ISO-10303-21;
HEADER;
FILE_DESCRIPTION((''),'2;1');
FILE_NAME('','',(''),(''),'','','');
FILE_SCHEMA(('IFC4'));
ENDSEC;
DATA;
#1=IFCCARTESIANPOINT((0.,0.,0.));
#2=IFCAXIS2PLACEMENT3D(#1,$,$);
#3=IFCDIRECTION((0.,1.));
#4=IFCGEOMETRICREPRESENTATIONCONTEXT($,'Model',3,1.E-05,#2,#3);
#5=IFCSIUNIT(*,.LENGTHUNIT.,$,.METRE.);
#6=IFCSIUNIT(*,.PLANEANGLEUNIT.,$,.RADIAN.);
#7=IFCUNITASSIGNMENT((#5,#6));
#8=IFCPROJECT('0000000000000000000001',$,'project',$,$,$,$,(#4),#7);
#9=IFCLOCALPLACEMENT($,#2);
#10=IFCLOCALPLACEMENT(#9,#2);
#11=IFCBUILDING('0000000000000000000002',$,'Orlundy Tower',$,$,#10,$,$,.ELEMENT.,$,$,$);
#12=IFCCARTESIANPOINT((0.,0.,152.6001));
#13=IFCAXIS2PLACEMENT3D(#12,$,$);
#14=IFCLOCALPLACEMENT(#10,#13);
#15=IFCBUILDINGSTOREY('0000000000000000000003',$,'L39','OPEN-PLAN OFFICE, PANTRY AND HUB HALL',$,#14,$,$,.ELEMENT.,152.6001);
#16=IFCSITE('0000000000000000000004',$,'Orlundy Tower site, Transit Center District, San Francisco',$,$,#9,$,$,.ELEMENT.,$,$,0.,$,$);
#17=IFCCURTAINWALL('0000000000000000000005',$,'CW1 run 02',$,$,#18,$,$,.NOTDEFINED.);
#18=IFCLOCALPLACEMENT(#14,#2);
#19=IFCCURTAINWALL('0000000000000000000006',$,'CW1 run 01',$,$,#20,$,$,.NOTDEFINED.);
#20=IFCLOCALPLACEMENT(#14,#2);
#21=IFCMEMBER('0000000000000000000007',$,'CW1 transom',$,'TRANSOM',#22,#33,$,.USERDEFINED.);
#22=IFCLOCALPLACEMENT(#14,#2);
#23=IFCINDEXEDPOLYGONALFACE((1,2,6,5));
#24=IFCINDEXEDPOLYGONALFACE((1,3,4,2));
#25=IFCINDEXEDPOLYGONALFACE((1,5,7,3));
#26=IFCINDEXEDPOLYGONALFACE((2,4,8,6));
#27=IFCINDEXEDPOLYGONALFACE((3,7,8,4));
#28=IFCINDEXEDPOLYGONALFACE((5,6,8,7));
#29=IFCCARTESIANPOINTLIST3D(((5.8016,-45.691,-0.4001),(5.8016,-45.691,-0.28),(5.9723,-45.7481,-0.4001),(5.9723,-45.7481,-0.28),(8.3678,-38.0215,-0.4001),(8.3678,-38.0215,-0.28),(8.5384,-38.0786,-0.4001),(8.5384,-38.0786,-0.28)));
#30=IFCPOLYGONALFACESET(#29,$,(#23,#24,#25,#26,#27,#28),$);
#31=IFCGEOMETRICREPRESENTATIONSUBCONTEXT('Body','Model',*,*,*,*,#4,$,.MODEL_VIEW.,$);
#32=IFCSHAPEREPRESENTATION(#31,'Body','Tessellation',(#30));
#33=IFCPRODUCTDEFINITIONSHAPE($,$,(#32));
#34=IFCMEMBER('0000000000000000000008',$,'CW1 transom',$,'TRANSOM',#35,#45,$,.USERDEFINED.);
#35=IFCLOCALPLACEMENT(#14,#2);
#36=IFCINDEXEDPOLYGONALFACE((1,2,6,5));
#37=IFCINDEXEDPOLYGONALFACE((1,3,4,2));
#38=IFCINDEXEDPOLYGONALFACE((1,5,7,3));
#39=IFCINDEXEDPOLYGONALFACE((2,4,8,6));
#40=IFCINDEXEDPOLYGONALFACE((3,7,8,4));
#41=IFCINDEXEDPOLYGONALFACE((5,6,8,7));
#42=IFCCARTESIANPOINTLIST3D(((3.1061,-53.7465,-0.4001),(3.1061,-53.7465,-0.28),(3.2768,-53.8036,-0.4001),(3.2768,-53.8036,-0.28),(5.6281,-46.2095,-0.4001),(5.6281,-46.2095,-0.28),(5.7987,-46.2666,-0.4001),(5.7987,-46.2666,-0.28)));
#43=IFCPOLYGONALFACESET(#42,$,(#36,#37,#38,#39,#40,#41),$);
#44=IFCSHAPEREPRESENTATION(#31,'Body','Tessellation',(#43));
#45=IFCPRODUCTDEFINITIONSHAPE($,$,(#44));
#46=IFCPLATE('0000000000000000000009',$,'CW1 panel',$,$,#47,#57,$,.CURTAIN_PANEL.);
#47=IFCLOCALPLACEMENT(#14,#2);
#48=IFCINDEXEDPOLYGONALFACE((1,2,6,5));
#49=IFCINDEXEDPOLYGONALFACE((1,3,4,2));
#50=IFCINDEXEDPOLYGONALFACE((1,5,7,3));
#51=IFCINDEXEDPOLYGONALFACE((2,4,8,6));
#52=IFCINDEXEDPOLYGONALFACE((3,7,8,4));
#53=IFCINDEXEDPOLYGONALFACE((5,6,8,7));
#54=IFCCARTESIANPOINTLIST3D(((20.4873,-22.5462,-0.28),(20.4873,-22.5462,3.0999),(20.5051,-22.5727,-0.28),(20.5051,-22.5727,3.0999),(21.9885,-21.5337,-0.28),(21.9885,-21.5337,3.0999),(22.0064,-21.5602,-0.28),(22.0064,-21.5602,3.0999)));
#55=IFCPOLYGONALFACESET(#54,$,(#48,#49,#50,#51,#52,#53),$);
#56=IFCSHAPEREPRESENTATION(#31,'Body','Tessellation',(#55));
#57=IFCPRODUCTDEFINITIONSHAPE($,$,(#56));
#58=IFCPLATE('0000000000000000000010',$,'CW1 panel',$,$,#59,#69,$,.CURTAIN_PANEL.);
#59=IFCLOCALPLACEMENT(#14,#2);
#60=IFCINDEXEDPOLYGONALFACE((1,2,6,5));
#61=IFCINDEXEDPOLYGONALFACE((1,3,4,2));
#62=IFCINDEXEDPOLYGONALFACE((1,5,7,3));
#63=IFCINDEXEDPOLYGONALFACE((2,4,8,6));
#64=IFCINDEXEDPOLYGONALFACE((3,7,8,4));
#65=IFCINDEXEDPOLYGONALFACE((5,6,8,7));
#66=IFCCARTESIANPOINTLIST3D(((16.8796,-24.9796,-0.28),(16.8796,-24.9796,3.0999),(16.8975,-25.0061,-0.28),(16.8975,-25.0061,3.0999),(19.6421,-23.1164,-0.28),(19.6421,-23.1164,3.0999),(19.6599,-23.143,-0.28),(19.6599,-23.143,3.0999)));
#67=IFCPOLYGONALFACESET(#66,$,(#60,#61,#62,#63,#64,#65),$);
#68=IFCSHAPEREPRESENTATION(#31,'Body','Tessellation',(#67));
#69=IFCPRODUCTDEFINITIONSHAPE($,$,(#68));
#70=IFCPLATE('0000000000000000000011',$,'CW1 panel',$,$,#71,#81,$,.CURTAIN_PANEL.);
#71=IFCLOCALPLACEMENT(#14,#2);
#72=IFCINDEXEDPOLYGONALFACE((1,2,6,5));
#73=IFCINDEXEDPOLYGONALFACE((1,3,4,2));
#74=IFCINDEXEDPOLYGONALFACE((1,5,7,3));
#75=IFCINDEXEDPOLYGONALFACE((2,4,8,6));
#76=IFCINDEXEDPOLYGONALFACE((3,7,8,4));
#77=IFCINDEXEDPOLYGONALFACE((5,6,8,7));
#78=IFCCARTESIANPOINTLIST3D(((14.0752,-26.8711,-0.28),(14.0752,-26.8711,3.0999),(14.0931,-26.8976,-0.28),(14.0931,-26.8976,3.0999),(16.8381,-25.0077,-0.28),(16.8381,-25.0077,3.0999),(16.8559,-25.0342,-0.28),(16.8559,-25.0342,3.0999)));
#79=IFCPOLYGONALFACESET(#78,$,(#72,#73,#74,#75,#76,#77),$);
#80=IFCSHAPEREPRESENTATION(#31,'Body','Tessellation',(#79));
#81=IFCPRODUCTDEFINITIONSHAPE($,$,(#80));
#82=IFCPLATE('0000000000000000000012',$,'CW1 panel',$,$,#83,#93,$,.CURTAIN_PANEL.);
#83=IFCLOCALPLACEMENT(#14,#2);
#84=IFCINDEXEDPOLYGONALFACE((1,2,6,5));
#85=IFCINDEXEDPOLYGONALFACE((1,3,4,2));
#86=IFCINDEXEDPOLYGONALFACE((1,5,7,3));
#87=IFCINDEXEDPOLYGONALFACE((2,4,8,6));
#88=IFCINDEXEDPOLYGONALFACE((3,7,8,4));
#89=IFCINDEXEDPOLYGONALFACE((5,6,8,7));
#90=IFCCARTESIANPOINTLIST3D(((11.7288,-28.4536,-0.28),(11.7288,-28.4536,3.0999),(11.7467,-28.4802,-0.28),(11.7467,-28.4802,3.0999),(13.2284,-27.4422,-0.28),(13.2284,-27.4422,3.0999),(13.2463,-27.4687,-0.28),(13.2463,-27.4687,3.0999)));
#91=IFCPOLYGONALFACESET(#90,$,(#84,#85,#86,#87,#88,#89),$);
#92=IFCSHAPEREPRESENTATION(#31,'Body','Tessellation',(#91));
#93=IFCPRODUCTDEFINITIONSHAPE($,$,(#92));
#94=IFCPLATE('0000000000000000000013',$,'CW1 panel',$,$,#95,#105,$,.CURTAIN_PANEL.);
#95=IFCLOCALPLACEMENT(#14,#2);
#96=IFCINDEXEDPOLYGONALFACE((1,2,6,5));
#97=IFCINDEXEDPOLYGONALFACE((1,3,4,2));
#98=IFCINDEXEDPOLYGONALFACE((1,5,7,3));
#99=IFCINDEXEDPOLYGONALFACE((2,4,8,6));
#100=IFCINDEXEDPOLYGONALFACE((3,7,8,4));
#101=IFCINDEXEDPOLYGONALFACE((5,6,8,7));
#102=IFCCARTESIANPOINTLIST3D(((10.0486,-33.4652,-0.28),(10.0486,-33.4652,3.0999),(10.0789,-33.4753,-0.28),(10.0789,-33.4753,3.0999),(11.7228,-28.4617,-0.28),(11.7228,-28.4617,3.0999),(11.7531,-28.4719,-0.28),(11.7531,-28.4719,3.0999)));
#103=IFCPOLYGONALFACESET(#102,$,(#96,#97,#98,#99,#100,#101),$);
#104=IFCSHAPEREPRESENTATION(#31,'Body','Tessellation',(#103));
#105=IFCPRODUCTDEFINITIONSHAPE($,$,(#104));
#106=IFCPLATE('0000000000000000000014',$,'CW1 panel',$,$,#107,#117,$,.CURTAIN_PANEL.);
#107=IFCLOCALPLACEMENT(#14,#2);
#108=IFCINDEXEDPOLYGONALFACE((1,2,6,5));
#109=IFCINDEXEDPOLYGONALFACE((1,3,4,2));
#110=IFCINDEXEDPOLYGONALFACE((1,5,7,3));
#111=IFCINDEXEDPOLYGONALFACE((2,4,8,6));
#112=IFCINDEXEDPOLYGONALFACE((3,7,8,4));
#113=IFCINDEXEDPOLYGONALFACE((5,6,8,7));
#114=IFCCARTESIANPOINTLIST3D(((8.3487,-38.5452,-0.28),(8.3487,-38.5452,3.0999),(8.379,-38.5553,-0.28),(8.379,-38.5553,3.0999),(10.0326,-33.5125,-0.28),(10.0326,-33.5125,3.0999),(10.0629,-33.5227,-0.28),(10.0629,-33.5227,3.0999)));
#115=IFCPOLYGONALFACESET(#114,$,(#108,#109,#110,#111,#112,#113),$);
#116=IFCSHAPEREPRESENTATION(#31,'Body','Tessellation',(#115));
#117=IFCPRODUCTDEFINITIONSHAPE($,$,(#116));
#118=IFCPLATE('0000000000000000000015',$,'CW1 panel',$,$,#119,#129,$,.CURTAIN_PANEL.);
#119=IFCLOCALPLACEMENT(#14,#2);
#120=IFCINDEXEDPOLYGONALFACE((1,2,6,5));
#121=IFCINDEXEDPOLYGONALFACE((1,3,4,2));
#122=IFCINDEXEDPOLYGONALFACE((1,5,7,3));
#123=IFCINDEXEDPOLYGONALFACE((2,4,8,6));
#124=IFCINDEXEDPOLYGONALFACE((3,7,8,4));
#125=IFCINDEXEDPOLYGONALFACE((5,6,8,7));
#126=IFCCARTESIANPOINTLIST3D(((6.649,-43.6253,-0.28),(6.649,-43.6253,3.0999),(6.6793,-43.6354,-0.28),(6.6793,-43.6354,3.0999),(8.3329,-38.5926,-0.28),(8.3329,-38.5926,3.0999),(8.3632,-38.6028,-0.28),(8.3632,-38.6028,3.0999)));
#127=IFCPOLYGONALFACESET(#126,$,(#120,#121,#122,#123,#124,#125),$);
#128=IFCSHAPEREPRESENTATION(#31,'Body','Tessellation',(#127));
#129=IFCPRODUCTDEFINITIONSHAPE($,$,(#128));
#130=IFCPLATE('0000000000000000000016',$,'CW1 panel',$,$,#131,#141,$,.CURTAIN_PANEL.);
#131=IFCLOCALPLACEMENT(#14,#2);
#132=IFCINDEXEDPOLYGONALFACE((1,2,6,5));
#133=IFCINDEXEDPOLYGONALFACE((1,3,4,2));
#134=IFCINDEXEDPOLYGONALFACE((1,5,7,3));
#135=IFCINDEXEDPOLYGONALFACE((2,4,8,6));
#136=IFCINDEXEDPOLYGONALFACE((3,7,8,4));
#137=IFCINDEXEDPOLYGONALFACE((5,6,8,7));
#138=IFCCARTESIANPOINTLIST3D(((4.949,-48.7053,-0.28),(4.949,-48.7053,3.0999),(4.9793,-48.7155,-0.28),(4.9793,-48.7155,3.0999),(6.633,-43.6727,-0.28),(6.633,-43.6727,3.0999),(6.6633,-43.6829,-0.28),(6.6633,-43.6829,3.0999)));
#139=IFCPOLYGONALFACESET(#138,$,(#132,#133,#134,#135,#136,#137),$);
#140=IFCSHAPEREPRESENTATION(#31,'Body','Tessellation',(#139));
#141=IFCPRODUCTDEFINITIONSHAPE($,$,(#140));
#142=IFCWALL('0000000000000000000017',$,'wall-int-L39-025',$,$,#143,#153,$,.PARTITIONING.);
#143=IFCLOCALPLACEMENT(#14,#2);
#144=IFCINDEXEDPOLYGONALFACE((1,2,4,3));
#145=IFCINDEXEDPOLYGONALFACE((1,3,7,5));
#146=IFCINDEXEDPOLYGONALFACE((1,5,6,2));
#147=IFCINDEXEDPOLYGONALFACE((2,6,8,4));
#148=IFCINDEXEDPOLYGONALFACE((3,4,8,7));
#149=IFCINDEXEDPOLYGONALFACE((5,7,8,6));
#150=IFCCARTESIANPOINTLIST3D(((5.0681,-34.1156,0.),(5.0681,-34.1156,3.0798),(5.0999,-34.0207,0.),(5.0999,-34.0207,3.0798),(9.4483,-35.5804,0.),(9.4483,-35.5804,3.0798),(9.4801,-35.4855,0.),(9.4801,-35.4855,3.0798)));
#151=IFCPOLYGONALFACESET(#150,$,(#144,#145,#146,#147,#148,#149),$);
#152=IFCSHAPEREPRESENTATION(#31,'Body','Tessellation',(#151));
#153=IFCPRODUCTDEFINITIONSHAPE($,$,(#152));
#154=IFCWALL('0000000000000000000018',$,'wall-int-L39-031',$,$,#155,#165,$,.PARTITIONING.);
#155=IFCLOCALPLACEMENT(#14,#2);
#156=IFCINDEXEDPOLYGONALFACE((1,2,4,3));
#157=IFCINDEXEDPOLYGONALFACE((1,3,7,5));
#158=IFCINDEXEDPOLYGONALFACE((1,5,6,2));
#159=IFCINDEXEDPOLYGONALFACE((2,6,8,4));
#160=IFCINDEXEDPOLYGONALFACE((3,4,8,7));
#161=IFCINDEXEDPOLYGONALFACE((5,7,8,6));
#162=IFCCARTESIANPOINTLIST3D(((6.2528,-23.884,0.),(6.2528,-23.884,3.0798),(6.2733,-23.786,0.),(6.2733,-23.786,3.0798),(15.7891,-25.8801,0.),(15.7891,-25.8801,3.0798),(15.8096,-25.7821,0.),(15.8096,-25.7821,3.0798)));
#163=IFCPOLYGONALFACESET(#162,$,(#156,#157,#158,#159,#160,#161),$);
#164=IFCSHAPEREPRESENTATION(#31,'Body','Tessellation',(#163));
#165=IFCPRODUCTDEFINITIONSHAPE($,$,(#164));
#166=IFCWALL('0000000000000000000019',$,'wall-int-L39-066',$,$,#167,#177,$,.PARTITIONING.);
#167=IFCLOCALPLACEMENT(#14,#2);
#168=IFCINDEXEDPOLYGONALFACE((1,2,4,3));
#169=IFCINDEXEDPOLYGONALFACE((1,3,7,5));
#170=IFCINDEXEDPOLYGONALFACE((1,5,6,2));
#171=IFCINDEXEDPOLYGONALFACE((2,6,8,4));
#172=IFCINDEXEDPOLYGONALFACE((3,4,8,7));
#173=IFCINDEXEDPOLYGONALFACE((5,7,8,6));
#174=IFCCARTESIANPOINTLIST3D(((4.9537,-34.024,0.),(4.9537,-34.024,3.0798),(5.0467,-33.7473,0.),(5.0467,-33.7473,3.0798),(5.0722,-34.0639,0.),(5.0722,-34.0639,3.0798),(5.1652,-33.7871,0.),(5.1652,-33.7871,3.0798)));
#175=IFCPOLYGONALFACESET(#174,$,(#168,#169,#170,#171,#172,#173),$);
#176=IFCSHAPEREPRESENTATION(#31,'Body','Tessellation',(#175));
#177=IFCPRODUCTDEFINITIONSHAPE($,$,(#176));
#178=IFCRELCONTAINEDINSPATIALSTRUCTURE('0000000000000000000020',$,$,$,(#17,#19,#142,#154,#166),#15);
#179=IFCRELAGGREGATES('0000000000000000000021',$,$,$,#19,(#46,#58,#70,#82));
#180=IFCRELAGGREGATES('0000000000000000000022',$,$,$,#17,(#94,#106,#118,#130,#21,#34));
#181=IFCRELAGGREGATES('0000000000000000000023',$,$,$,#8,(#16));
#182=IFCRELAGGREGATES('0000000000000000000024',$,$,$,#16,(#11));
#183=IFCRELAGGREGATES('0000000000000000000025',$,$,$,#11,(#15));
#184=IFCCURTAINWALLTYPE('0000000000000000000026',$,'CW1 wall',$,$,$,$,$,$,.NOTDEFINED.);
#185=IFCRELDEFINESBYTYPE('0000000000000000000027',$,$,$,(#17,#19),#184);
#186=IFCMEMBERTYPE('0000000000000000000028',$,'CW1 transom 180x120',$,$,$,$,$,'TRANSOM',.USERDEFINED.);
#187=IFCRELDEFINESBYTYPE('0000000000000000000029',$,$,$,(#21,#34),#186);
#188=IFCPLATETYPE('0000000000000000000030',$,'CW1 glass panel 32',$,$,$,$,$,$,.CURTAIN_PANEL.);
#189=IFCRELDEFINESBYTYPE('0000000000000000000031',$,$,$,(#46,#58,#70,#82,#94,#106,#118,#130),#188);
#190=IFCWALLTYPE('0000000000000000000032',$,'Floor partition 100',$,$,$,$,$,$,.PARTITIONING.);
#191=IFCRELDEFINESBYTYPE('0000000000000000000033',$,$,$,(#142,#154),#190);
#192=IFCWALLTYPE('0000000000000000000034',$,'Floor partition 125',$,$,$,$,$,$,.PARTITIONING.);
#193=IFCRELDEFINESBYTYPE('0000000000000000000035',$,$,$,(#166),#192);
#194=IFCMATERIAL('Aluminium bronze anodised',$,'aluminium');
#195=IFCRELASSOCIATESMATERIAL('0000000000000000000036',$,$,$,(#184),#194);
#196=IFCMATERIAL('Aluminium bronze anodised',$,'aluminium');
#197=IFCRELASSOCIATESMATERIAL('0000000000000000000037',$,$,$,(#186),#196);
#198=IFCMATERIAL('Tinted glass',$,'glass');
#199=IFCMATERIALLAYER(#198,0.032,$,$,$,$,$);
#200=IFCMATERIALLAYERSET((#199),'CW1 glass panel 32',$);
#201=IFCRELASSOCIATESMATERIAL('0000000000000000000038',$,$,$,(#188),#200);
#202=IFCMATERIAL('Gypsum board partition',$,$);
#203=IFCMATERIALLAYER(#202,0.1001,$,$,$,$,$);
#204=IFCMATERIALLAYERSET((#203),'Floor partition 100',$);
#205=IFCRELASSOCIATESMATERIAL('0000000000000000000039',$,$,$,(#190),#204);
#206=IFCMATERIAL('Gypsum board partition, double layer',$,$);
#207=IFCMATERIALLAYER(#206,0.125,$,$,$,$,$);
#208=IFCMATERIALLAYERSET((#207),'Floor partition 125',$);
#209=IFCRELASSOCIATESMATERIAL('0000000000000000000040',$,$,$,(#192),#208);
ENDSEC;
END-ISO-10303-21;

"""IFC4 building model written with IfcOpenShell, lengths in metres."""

from ifc_helpers import new_model, si_unit, direction, frame, frame_2d, origin, origin_2d, place, context, subcontext, project, spatial, rectangle, extrude, material, layer, layer_set, material_profile, profile_set, type_object, element, aggregate, save


model = new_model("IFC4")

# Units and contexts
model_context = context("Model", 3, precision=1e-05, world=origin(), true_north=direction((0.0, 1.0)))
body_context = subcontext(model_context, "Body", "Model", "MODEL_VIEW")
ifc_project = project(units=[si_unit("LENGTHUNIT", "METRE"), si_unit("PLANEANGLEUNIT", "RADIAN")], contexts=[model_context])

# Site, building, storey
site_placement = place(None, origin())
site = spatial("IfcSite", under=ifc_project, at=site_placement, Name="Orlundy Tower site, Transit Center District, San Francisco", CompositionType="ELEMENT", RefElevation=0.0)
building_placement = place(site_placement, origin())
building = spatial("IfcBuilding", under=site, at=building_placement, Name="Orlundy Tower", CompositionType="ELEMENT")
storey_placement = place(building_placement, frame((0.0, 0.0, 152.6001)))
storey = spatial("IfcBuildingStorey", under=building, at=storey_placement, Name="L39", Description="OPEN-PLAN OFFICE, PANTRY AND HUB HALL", CompositionType="ELEMENT", Elevation=152.6001)

# Curtain walls
ifc_material_1 = material(Name="Aluminium bronze anodised", Category="aluminium")
curtain_wall_type = type_object("IfcCurtainWallType", Name="CW1 wall", PredefinedType="NOTDEFINED", material=ifc_material_1)
curtain_wall_1_placement = place(storey_placement, origin())
curtain_wall_1 = element("IfcCurtainWall", 1, at=curtain_wall_1_placement, inside=storey, type_object=curtain_wall_type, Name="CW1 run 02", PredefinedType="NOTDEFINED")
curtain_wall_2_placement = place(storey_placement, origin())
curtain_wall_2 = element("IfcCurtainWall", 2, at=curtain_wall_2_placement, inside=storey, type_object=curtain_wall_type, Name="CW1 run 01", PredefinedType="NOTDEFINED")

# Members
ifc_material_2 = material(Name="Aluminium bronze anodised", Category="aluminium")
ifc_material_profile_1 = material_profile(ifc_material_2, rectangle(XDim=0.1799, YDim=0.1201, at=origin_2d()), Name="CW1 transom 180x120")
ifc_profile_set_1 = profile_set([ifc_material_profile_1], Name="Aluminium bronze anodised")
member_type_1 = type_object("IfcMemberType", Name="CW1 transom 180x120", ElementType="TRANSOM", PredefinedType="USERDEFINED", material=ifc_profile_set_1)
member_1_placement = place(storey_placement, frame((8.4531, -38.05, -0.3401), z_axis=(-0.317305, -0.948323, 0.0), x_axis=(0.948323, -0.317305, 0.0)))
member_1 = element("IfcMember", 3, at=member_1_placement, type_object=member_type_1, Name="CW1 transom", ObjectType="TRANSOM", PredefinedType="USERDEFINED", context=body_context, shape_type="SweptSolid", body=[
    extrude(rectangle(XDim=0.1799, YDim=0.1201, at=origin_2d()), origin(), (0.0, 0.0, 1.0), 8.0874),
])
member_2_placement = place(storey_placement, frame((5.7134, -46.238, -0.3401), z_axis=(-0.317315, -0.94832, 0.0), x_axis=(0.94832, -0.317315, 0.0)))
member_2 = element("IfcMember", 4, at=member_2_placement, type_object=member_type_1, Name="CW1 transom", ObjectType="TRANSOM", PredefinedType="USERDEFINED", context=body_context, shape_type="SweptSolid", body=[
    extrude(rectangle(XDim=0.1799, YDim=0.1201, at=origin_2d()), origin(), (0.0, 0.0, 1.0), 7.9478),
])

# Plates
ifc_material_3 = material(Name="Tinted glass", Category="glass")
ifc_layer_1 = layer(ifc_material_3, 0.032)
ifc_layer_set_1 = layer_set([ifc_layer_1], Name="CW1 glass panel 32")
plate_type = type_object("IfcPlateType", Name="CW1 glass panel 32", PredefinedType="CURTAIN_PANEL", material=ifc_layer_set_1)
plate_1_placement = place(storey_placement, frame((21.2468, -22.0532, -0.28), z_axis=(0.0, 0.0, 1.0), x_axis=(-0.829057, -0.559165, 0.0)))
plate_1 = element("IfcPlate", 5, at=plate_1_placement, type_object=plate_type, Name="CW1 panel", PredefinedType="CURTAIN_PANEL", context=body_context, shape_type="SweptSolid", body=[
    extrude(rectangle(XDim=1.8108, YDim=0.032, at=origin_2d()), origin(), (0.0, 0.0, 1.0), 3.3799),
])
plate_2_placement = place(storey_placement, frame((18.2698, -24.0613, -0.28), z_axis=(0.0, 0.0, 1.0), x_axis=(-0.829057, -0.559165, 0.0)))
plate_2 = element("IfcPlate", 6, at=plate_2_placement, type_object=plate_type, Name="CW1 panel", PredefinedType="CURTAIN_PANEL", context=body_context, shape_type="SweptSolid", body=[
    extrude(rectangle(XDim=3.332, YDim=0.032, at=origin_2d()), origin(), (0.0, 0.0, 1.0), 3.3799),
])
plate_3_placement = place(storey_placement, frame((15.4656, -25.9526, -0.28), z_axis=(0.0, 0.0, 1.0), x_axis=(-0.829057, -0.559165, 0.0)))
plate_3 = element("IfcPlate", 7, at=plate_3_placement, type_object=plate_type, Name="CW1 panel", PredefinedType="CURTAIN_PANEL", context=body_context, shape_type="SweptSolid", body=[
    extrude(rectangle(XDim=3.3325, YDim=0.032, at=origin_2d()), origin(), (0.0, 0.0, 1.0), 3.3799),
])
plate_4_placement = place(storey_placement, frame((12.4875, -27.9612, -0.28), z_axis=(0.0, 0.0, 1.0), x_axis=(-0.829057, -0.559165, 0.0)))
plate_4 = element("IfcPlate", 8, at=plate_4_placement, type_object=plate_type, Name="CW1 panel", PredefinedType="CURTAIN_PANEL", context=body_context, shape_type="SweptSolid", body=[
    extrude(rectangle(XDim=1.8088, YDim=0.032, at=origin_2d()), origin(), (0.0, 0.0, 1.0), 3.3799),
])
aggregate(curtain_wall_2, [plate_1, plate_2, plate_3, plate_4])
plate_5_placement = place(storey_placement, frame((10.9009, -30.9685, -0.28), z_axis=(0.0, 0.0, 1.0), x_axis=(-0.317314, -0.948321, 0.0)))
plate_5 = element("IfcPlate", 9, at=plate_5_placement, type_object=plate_type, Name="CW1 panel", PredefinedType="CURTAIN_PANEL", context=body_context, shape_type="SweptSolid", body=[
    extrude(rectangle(XDim=5.2761, YDim=0.032, at=origin_2d()), origin(), (0.0, 0.0, 1.0), 3.3799),
])
plate_6_placement = place(storey_placement, frame((9.2058, -36.0339, -0.28), z_axis=(0.0, 0.0, 1.0), x_axis=(-0.317314, -0.948321, 0.0)))
plate_6 = element("IfcPlate", 10, at=plate_6_placement, type_object=plate_type, Name="CW1 panel", PredefinedType="CURTAIN_PANEL", context=body_context, shape_type="SweptSolid", body=[
    extrude(rectangle(XDim=5.3069, YDim=0.032, at=origin_2d()), origin(), (0.0, 0.0, 1.0), 3.3799),
])
plate_7_placement = place(storey_placement, frame((7.5061, -41.114, -0.28), z_axis=(0.0, 0.0, 1.0), x_axis=(-0.317314, -0.948321, 0.0)))
plate_7 = element("IfcPlate", 11, at=plate_7_placement, type_object=plate_type, Name="CW1 panel", PredefinedType="CURTAIN_PANEL", context=body_context, shape_type="SweptSolid", body=[
    extrude(rectangle(XDim=5.3069, YDim=0.032, at=origin_2d()), origin(), (0.0, 0.0, 1.0), 3.3799),
])
plate_8_placement = place(storey_placement, frame((5.8062, -46.1941, -0.28), z_axis=(0.0, 0.0, 1.0), x_axis=(-0.317314, -0.948321, 0.0)))
plate_8 = element("IfcPlate", 12, at=plate_8_placement, type_object=plate_type, Name="CW1 panel", PredefinedType="CURTAIN_PANEL", context=body_context, shape_type="SweptSolid", body=[
    extrude(rectangle(XDim=5.3069, YDim=0.032, at=origin_2d()), origin(), (0.0, 0.0, 1.0), 3.3799),
])
aggregate(curtain_wall_1, [plate_5, plate_6, plate_7, plate_8, member_1, member_2])

# Walls
ifc_material_4 = material(Name="Gypsum board partition")
ifc_layer_2 = layer(ifc_material_4, 0.1001)
ifc_layer_set_2 = layer_set([ifc_layer_2], Name="Floor partition 100")
wall_type_1 = type_object("IfcWallType", Name="Floor partition 100", PredefinedType="PARTITIONING", material=ifc_layer_set_2)
wall_1_placement = place(storey_placement, frame((5.084, -34.0681, 0.0), z_axis=(0.0, 0.0, 1.0), x_axis=(0.948371, -0.317163, 0.0)))
element("IfcWall", 13, at=wall_1_placement, inside=storey, type_object=wall_type_1, Name="wall-int-L39-025", PredefinedType="PARTITIONING", context=body_context, shape_type="SweptSolid", body=[
    extrude(rectangle(XDim=4.6187, YDim=0.1001, at=frame_2d((2.3093, 0.0))), origin(), (0.0, 0.0, 1.0), 3.0798),
])
wall_2_placement = place(storey_placement, frame((6.2629, -23.835, 0.0), z_axis=(0.0, 0.0, 1.0), x_axis=(0.978787, -0.204879, 0.0)))
element("IfcWall", 14, at=wall_2_placement, inside=storey, type_object=wall_type_1, Name="wall-int-L39-031", PredefinedType="PARTITIONING", context=body_context, shape_type="SweptSolid", body=[
    extrude(rectangle(XDim=9.7429, YDim=0.1001, at=frame_2d((4.8716, 0.0))), origin(), (0.0, 0.0, 1.0), 3.0798),
])
ifc_material_5 = material(Name="Gypsum board partition, double layer")
ifc_layer_3 = layer(ifc_material_5, 0.125)
ifc_layer_set_3 = layer_set([ifc_layer_3], Name="Floor partition 125")
wall_type_2 = type_object("IfcWallType", Name="Floor partition 125", PredefinedType="PARTITIONING", material=ifc_layer_set_3)
wall_3_placement = place(storey_placement, frame((5.0129, -34.0439, 0.0), z_axis=(0.0, 0.0, 1.0), x_axis=(0.318484, 0.947928, 0.0)))
element("IfcWall", 15, at=wall_3_placement, inside=storey, type_object=wall_type_2, Name="wall-int-L39-066", PredefinedType="PARTITIONING", context=body_context, shape_type="SweptSolid", body=[
    extrude(rectangle(XDim=0.292, YDim=0.125, at=frame_2d((0.146, 0.0))), origin(), (0.0, 0.0, 1.0), 3.0798),
])

save(model, "model.ifc")
